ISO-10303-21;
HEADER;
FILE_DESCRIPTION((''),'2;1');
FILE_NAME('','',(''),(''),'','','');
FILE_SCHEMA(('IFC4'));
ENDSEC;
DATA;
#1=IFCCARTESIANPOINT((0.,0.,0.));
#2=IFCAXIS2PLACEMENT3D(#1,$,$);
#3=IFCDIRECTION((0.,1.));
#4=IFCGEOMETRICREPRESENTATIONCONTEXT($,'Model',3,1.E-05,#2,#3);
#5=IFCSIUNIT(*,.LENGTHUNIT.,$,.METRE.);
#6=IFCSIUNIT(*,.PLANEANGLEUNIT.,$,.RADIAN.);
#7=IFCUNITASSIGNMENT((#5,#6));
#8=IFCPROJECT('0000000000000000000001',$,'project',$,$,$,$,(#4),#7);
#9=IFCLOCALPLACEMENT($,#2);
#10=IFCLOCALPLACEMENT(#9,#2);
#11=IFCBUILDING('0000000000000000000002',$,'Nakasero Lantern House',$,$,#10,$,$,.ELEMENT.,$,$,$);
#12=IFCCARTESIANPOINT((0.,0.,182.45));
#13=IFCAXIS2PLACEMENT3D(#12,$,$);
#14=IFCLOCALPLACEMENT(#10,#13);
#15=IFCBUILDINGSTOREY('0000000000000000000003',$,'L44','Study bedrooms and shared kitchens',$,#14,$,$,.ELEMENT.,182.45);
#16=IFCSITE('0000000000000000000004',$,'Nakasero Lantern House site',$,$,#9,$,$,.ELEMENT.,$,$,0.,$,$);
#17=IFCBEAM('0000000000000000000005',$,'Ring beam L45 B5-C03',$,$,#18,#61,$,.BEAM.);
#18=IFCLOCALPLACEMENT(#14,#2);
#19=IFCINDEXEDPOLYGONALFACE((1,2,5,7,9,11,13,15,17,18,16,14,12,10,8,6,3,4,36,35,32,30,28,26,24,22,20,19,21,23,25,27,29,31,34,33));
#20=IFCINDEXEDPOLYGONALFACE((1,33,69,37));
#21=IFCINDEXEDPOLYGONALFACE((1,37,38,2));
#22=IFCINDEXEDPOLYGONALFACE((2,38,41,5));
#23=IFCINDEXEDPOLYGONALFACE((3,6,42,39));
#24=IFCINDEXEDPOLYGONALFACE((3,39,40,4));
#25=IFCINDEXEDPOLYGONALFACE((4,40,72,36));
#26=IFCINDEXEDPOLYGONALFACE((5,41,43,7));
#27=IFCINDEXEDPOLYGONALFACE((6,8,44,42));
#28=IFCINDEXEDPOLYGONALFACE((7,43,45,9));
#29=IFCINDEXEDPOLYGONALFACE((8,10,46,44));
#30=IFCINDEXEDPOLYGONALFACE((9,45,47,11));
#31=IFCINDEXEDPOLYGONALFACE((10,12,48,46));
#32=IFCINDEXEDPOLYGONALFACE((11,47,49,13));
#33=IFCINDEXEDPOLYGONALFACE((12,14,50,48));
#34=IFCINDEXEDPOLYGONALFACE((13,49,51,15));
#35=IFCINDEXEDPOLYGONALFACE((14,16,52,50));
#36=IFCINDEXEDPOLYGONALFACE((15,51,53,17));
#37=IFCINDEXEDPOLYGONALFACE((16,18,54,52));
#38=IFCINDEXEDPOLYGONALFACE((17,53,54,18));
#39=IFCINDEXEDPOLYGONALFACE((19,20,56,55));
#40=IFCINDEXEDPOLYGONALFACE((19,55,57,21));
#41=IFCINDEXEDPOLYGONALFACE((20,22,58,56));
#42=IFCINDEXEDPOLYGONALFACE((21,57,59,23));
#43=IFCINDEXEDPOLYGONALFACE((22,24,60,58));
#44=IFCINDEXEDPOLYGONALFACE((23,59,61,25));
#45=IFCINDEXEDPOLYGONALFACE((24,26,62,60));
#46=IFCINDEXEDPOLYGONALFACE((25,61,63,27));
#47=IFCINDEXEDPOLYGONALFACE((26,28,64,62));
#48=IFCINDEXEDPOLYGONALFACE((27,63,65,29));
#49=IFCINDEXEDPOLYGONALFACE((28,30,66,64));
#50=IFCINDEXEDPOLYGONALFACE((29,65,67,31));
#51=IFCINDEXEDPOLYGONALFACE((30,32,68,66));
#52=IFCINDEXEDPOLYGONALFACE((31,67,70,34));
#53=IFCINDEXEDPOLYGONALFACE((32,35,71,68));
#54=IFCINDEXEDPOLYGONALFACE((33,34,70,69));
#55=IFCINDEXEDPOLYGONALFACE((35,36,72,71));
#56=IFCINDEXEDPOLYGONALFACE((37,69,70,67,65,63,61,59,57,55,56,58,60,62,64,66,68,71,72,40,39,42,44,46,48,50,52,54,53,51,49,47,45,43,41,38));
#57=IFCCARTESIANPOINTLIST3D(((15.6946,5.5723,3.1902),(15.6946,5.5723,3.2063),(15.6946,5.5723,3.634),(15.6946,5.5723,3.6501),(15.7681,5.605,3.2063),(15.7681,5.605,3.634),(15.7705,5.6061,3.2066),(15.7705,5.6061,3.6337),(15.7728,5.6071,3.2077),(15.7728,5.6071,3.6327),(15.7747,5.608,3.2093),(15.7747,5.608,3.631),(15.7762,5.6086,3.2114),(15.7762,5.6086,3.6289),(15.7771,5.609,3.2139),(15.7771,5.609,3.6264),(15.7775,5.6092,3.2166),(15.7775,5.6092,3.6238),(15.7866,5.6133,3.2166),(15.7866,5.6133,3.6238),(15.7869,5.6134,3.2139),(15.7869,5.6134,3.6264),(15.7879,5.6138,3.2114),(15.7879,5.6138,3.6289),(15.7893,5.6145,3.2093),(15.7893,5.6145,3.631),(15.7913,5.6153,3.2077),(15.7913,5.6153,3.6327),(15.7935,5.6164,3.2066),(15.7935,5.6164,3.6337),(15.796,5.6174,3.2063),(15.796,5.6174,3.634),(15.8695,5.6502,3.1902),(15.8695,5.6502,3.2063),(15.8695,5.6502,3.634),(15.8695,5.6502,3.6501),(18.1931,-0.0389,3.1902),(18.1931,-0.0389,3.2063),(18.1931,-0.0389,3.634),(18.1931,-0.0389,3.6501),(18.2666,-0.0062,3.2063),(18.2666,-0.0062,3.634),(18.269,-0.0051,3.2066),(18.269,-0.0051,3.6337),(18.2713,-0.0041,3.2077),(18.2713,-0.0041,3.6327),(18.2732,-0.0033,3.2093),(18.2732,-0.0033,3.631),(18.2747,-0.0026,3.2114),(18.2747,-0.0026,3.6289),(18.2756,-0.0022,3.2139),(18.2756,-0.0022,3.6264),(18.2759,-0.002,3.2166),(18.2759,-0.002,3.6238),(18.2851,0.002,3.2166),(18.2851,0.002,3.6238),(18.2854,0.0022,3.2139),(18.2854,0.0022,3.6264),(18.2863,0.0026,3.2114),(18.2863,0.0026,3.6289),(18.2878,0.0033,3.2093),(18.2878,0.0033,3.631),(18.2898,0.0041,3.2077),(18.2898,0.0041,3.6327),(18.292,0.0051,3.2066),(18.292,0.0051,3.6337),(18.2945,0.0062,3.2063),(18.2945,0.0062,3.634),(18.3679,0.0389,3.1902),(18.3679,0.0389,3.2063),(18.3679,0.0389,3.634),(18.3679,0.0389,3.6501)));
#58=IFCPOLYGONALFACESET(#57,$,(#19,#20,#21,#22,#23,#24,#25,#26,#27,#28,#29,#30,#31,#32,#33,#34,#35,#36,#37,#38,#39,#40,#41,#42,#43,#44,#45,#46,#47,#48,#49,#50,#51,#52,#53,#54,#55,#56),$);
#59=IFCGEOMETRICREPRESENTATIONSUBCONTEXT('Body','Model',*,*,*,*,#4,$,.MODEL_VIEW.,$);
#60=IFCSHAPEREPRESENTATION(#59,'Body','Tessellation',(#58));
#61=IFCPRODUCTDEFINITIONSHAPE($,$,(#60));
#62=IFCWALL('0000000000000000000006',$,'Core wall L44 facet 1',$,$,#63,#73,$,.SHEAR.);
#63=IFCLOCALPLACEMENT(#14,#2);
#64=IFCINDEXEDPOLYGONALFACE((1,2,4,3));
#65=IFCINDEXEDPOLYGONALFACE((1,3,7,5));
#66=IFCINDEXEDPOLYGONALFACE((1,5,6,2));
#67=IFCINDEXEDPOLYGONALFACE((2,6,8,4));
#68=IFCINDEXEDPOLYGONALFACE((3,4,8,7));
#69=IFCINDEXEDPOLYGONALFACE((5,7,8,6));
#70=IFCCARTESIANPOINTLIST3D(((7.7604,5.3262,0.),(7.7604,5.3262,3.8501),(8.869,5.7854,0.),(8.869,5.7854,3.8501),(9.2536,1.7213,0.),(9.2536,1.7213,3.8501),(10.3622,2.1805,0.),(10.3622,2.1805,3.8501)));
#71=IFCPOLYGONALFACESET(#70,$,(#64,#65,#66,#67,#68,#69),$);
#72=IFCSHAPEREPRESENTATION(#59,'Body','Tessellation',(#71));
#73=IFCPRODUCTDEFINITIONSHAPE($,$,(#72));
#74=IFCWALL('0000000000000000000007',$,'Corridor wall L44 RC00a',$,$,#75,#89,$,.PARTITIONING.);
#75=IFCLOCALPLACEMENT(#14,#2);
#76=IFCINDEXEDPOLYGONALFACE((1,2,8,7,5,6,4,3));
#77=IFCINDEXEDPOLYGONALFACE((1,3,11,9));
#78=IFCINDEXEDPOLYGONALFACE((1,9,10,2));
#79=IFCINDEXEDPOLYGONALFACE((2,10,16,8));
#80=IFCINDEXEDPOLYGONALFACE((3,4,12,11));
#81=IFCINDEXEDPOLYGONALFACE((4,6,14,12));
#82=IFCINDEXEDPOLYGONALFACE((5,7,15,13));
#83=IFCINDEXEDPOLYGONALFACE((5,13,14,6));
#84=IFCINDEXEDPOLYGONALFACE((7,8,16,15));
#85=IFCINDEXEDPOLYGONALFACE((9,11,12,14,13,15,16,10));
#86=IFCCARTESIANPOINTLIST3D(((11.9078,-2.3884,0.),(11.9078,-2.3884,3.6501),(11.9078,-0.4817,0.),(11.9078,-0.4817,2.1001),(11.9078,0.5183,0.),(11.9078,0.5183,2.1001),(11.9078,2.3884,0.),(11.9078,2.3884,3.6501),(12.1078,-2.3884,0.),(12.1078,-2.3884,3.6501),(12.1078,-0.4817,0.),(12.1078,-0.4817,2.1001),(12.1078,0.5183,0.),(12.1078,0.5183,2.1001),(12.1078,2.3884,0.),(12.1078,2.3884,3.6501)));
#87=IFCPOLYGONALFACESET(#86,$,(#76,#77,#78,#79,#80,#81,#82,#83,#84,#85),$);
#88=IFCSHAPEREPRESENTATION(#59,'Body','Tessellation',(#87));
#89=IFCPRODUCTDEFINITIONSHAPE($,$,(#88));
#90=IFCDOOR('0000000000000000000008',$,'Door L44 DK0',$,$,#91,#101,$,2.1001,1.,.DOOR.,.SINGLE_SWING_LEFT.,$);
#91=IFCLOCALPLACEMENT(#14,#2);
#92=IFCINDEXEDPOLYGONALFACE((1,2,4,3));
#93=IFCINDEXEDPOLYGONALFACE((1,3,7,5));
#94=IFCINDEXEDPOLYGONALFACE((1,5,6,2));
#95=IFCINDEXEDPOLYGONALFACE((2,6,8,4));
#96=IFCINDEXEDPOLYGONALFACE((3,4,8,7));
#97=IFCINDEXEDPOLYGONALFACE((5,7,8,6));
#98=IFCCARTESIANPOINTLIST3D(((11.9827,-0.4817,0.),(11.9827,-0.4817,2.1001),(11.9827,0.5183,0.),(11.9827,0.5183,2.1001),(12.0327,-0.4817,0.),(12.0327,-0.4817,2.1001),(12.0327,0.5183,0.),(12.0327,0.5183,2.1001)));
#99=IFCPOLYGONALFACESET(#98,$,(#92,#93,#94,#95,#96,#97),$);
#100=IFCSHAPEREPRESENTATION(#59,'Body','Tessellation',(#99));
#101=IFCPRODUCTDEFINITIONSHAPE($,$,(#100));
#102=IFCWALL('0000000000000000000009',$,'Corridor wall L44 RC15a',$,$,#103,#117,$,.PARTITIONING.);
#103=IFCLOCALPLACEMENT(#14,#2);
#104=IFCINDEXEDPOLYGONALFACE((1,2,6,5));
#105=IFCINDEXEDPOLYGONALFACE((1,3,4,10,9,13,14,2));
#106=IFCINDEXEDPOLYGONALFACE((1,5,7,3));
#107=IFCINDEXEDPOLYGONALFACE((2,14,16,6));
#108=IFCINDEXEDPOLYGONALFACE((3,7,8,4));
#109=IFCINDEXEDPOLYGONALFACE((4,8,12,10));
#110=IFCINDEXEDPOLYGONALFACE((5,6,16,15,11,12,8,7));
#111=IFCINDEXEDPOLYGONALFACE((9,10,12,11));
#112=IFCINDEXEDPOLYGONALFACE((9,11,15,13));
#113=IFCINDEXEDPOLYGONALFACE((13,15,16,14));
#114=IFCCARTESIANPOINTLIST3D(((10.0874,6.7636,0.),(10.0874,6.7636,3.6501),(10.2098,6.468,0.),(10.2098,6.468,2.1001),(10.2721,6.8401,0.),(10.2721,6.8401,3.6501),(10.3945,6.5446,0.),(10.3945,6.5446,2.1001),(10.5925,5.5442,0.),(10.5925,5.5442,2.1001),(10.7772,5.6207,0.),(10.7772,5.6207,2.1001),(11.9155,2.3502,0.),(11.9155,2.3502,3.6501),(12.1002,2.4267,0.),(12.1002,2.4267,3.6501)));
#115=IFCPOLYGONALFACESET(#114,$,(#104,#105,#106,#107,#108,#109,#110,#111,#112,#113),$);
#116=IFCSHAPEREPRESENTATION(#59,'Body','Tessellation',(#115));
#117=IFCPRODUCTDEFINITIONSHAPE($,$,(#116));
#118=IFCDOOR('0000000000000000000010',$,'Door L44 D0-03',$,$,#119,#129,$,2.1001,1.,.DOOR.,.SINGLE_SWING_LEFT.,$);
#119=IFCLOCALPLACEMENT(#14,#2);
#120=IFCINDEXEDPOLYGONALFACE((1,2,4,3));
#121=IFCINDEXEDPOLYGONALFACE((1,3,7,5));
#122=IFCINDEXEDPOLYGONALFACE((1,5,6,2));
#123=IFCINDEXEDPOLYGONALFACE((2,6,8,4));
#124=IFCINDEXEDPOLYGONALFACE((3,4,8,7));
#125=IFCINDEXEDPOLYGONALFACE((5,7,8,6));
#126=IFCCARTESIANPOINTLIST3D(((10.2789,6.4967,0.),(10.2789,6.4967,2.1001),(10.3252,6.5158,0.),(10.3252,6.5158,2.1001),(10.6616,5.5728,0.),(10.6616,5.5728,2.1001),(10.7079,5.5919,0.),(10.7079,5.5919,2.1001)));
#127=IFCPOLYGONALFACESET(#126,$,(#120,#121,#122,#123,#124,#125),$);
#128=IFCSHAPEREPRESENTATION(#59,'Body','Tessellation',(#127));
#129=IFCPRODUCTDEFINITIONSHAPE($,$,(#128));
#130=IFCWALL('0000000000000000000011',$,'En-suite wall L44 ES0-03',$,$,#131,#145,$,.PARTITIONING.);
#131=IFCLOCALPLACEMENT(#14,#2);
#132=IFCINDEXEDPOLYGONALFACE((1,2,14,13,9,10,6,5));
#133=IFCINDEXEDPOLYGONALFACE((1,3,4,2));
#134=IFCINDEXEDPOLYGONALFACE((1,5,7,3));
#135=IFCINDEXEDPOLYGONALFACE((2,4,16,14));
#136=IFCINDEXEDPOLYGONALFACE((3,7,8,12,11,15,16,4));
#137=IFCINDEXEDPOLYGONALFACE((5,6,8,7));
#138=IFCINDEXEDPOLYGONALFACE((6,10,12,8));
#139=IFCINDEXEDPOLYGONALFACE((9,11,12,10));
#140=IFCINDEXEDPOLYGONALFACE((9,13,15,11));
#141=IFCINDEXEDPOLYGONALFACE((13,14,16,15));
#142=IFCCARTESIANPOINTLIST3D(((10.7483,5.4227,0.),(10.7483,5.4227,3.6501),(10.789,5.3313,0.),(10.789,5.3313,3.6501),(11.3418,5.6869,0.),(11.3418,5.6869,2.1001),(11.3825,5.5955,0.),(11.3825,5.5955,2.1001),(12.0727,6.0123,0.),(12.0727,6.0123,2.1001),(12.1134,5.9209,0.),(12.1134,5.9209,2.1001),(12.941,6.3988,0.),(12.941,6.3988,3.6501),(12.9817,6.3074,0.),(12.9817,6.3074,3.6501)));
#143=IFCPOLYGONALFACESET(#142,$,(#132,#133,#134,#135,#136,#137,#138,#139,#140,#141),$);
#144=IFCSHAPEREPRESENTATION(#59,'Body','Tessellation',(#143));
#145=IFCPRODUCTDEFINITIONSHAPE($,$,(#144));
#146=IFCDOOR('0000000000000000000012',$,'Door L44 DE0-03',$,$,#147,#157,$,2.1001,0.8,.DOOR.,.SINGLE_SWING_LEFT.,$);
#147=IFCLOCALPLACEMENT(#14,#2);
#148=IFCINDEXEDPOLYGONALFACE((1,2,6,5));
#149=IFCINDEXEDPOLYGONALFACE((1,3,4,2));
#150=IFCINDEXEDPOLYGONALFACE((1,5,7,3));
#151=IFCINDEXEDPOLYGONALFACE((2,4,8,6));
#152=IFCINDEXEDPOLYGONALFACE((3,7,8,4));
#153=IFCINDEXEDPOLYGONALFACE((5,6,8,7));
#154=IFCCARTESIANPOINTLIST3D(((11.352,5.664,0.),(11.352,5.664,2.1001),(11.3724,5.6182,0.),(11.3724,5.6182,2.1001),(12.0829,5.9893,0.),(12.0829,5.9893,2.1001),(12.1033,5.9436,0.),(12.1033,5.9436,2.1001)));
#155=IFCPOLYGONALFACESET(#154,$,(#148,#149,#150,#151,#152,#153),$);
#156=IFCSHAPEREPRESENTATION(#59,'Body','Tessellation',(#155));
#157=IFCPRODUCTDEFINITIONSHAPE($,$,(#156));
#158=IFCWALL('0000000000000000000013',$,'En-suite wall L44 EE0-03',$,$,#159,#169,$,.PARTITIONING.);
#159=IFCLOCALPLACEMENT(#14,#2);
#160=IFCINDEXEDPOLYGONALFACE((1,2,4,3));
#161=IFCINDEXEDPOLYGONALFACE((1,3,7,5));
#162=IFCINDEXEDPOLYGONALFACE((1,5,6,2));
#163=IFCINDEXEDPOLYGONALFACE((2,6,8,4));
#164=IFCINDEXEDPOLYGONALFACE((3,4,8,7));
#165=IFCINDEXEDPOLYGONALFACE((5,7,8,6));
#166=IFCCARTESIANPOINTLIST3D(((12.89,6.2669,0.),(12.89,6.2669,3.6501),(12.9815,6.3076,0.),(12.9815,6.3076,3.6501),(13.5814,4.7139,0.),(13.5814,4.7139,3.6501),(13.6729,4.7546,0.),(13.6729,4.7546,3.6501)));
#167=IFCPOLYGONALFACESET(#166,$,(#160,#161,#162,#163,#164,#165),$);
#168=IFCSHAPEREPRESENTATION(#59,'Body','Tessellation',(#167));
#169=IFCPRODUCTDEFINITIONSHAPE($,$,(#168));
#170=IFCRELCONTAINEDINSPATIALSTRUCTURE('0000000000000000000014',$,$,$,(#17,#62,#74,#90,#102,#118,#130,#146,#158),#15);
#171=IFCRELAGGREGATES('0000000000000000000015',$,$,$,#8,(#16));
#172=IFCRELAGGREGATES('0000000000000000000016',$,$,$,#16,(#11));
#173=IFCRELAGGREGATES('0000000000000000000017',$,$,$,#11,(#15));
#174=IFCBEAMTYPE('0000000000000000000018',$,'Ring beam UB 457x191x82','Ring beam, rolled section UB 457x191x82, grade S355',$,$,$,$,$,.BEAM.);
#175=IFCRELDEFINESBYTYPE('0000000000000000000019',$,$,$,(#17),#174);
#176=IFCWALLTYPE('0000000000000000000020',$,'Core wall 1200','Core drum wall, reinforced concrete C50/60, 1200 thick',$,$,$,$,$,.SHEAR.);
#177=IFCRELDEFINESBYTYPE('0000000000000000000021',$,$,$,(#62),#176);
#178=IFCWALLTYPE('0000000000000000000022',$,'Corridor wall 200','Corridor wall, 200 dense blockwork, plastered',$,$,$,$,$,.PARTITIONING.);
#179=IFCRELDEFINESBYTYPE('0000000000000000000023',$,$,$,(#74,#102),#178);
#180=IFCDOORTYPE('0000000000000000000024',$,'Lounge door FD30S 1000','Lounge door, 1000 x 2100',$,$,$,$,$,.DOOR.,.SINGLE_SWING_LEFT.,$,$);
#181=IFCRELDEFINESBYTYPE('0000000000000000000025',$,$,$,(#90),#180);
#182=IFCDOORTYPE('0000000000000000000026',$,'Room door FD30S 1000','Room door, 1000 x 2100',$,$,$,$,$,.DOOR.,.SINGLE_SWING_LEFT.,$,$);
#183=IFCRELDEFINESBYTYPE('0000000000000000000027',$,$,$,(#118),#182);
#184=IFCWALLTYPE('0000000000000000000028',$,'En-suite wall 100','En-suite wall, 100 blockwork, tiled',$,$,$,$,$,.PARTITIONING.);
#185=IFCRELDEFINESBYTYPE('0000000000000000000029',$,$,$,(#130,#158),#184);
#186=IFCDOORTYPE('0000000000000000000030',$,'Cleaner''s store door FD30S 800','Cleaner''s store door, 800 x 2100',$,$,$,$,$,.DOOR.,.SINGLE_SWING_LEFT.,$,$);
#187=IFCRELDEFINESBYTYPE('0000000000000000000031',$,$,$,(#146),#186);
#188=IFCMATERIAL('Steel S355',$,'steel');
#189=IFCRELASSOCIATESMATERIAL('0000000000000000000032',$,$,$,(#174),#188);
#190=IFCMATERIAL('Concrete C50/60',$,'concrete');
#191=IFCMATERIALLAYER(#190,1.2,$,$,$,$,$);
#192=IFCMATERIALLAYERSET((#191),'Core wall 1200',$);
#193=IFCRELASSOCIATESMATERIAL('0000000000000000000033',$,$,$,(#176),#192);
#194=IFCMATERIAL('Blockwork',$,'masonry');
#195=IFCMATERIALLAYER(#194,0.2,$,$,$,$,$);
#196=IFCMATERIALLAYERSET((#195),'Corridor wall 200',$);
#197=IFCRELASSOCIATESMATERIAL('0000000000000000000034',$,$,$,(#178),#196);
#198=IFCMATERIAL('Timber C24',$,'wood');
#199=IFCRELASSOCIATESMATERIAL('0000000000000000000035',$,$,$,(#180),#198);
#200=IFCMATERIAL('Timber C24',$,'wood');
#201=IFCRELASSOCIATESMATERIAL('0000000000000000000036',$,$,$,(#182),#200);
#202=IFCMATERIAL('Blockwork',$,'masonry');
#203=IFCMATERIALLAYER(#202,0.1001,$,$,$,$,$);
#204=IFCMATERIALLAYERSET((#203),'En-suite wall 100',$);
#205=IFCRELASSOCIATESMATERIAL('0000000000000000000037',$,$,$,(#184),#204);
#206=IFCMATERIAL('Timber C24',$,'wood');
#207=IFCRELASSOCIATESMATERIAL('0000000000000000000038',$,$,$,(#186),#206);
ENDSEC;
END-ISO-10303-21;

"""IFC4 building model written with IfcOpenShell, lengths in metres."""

from ifc_helpers import new_model, si_unit, direction, frame, frame_2d, origin, origin_2d, place, context, subcontext, project, spatial, rectangle, i_section, extrude, material, layer, layer_set, material_profile, profile_set, type_object, element, fill, save


model = new_model("IFC4")

# Units and contexts
model_context = context("Model", 3, precision=1e-05, world=origin(), true_north=direction((0.0, 1.0)))
body_context = subcontext(model_context, "Body", "Model", "MODEL_VIEW")
ifc_project = project(units=[si_unit("LENGTHUNIT", "METRE"), si_unit("PLANEANGLEUNIT", "RADIAN")], contexts=[model_context])

# Site, building, storey
site_placement = place(None, origin())
site = spatial("IfcSite", under=ifc_project, at=site_placement, Name="Nakasero Lantern House site", CompositionType="ELEMENT", RefElevation=0.0)
building_placement = place(site_placement, origin())
building = spatial("IfcBuilding", under=site, at=building_placement, Name="Nakasero Lantern House", CompositionType="ELEMENT")
storey_placement = place(building_placement, frame((0.0, 0.0, 182.45)))
storey = spatial("IfcBuildingStorey", under=building, at=storey_placement, Name="L44", Description="Study bedrooms and shared kitchens", CompositionType="ELEMENT", Elevation=182.45)

# Beam
ifc_material_1 = material(Name="Steel S355", Category="steel")
ifc_material_profile_1 = material_profile(ifc_material_1, i_section(OverallWidth=0.1914, OverallDepth=0.46, WebThickness=0.01, FlangeThickness=0.0161, FilletRadius=0.0103, at=origin_2d()), Name="UB 457x191x82")
ifc_profile_set_1 = profile_set([ifc_material_profile_1], Name="Steel S355")
beam_type_1 = type_object("IfcBeamType", Name="Ring beam UB 457x191x82", Description="Ring beam, rolled section UB 457x191x82, grade S355", PredefinedType="BEAM", material=ifc_profile_set_1)
beam_1_placement = place(storey_placement, frame((18.2805, 0.0, 3.4202), z_axis=(-0.406765, 0.913533, 0.0), x_axis=(-0.913533, -0.406765, 0.0)))
element("IfcBeam", 1, at=beam_1_placement, inside=storey, type_object=beam_type_1, Name="Ring beam L45 B5-C03", PredefinedType="BEAM", context=body_context, shape_type="SweptSolid", body=[
    extrude(i_section(OverallWidth=0.1914, OverallDepth=0.46, WebThickness=0.01, FlangeThickness=0.0161, FilletRadius=0.0103, at=origin_2d()), origin(), (0.0, 0.0, 1.0), 6.1423),
])

# Wall
ifc_material_2 = material(Name="Concrete C50/60", Category="concrete")
ifc_layer_1 = layer(ifc_material_2, 1.2)
ifc_layer_set_1 = layer_set([ifc_layer_1], Name="Core wall 1200")
wall_type_1 = type_object("IfcWallType", Name="Core wall 1200", Description="Core drum wall, reinforced concrete C50/60, 1200 thick", PredefinedType="SHEAR", material=ifc_layer_set_1)
wall_1_placement = place(storey_placement, frame((9.8079, 1.9509, 0.0), z_axis=(0.0, 0.0, 1.0), x_axis=(-0.382691, 0.923877, 0.0)))
element("IfcWall", 2, at=wall_1_placement, inside=storey, type_object=wall_type_1, Name="Core wall L44 facet 1", PredefinedType="SHEAR", context=body_context, shape_type="SweptSolid", body=[
    extrude(rectangle(XDim=3.9019, YDim=1.2, at=frame_2d((1.9509, 0.0))), origin(), (0.0, 0.0, 1.0), 3.8501),
])

# Walls, openings, doors
ifc_material_3 = material(Name="Blockwork", Category="masonry")
ifc_layer_2 = layer(ifc_material_3, 0.2)
ifc_layer_set_2 = layer_set([ifc_layer_2], Name="Corridor wall 200")
wall_type_2 = type_object("IfcWallType", Name="Corridor wall 200", Description="Corridor wall, 200 dense blockwork, plastered", PredefinedType="PARTITIONING", material=ifc_layer_set_2)
wall_2_placement = place(storey_placement, frame((12.0078, 2.3884, 0.0), z_axis=(0.0, 0.0, 1.0), x_axis=(0.0, -1.0, 0.0)))
wall_2 = element("IfcWall", 3, at=wall_2_placement, inside=storey, type_object=wall_type_2, Name="Corridor wall L44 RC00a", PredefinedType="PARTITIONING", context=body_context, shape_type="SweptSolid", body=[
    extrude(rectangle(XDim=4.7769, YDim=0.2, at=frame_2d((2.3884, 0.0))), origin(), (0.0, 0.0, 1.0), 3.6501),
])
opening_1_placement = place(wall_2_placement, frame((1.8701, 0.0, 0.0)))
opening_1 = element("IfcOpeningElement", 4, at=opening_1_placement, cuts=wall_2, PredefinedType="OPENING", context=body_context, shape_type="SweptSolid", body=[
    extrude(rectangle(XDim=1.0, YDim=2.1001, at=frame_2d((0.5, 1.05))), frame((0.0, 0.1199, 0.0), z_axis=(0.0, -1.0, 0.0), x_axis=(1.0, 0.0, 0.0)), (0.0, 0.0, 1.0), 0.24),
])
ifc_material_4 = material(Name="Timber C24", Category="wood")
door_type_1 = type_object("IfcDoorType", Name="Lounge door FD30S 1000", Description="Lounge door, 1000 x 2100", OperationType="SINGLE_SWING_LEFT", PredefinedType="DOOR", material=ifc_material_4)
door_1_placement = place(opening_1_placement, origin())
door_1 = element("IfcDoor", 5, at=door_1_placement, inside=storey, type_object=door_type_1, Name="Door L44 DK0", OperationType="SINGLE_SWING_LEFT", OverallHeight=2.1001, OverallWidth=1.0, PredefinedType="DOOR", context=body_context, shape_type="SweptSolid", body=[
    extrude(rectangle(XDim=1.0, YDim=2.1001, at=frame_2d((0.5, 1.05))), frame((0.0, 0.0249, 0.0), z_axis=(0.0, -1.0, 0.0), x_axis=(1.0, 0.0, 0.0)), (0.0, 0.0, 1.0), 0.05),
])
fill(opening_1, door_1)
wall_3_placement = place(storey_placement, frame((10.1797, 6.802, 0.0), z_axis=(0.0, 0.0, 1.0), x_axis=(0.382677, -0.923882, 0.0)))
wall_3 = element("IfcWall", 6, at=wall_3_placement, inside=storey, type_object=wall_type_2, Name="Corridor wall L44 RC15a", PredefinedType="PARTITIONING", context=body_context, shape_type="SweptSolid", body=[
    extrude(rectangle(XDim=4.7771, YDim=0.2, at=frame_2d((2.3887, 0.0))), origin(), (0.0, 0.0, 1.0), 3.6501),
])
opening_2_placement = place(wall_3_placement, frame((0.3201, 0.0, 0.0)))
opening_2 = element("IfcOpeningElement", 7, at=opening_2_placement, cuts=wall_3, PredefinedType="OPENING", context=body_context, shape_type="SweptSolid", body=[
    extrude(rectangle(XDim=1.0, YDim=2.1001, at=frame_2d((0.5, 1.05))), frame((0.0, 0.1199, 0.0), z_axis=(0.0, -1.0, 0.0), x_axis=(1.0, 0.0, 0.0)), (0.0, 0.0, 1.0), 0.24),
])
ifc_material_5 = material(Name="Timber C24", Category="wood")
door_type_2 = type_object("IfcDoorType", Name="Room door FD30S 1000", Description="Room door, 1000 x 2100", OperationType="SINGLE_SWING_LEFT", PredefinedType="DOOR", material=ifc_material_5)
door_2_placement = place(opening_2_placement, origin())
door_2 = element("IfcDoor", 8, at=door_2_placement, inside=storey, type_object=door_type_2, Name="Door L44 D0-03", OperationType="SINGLE_SWING_LEFT", OverallHeight=2.1001, OverallWidth=1.0, PredefinedType="DOOR", context=body_context, shape_type="SweptSolid", body=[
    extrude(rectangle(XDim=1.0, YDim=2.1001, at=frame_2d((0.5, 1.05))), frame((0.0, 0.0249, 0.0), z_axis=(0.0, -1.0, 0.0), x_axis=(1.0, 0.0, 0.0)), (0.0, 0.0, 1.0), 0.05),
])
fill(opening_2, door_2)
ifc_material_6 = material(Name="Blockwork", Category="masonry")
ifc_layer_3 = layer(ifc_material_6, 0.1001)
ifc_layer_set_3 = layer_set([ifc_layer_3], Name="En-suite wall 100")
wall_type_3 = type_object("IfcWallType", Name="En-suite wall 100", Description="En-suite wall, 100 blockwork, tiled", PredefinedType="PARTITIONING", material=ifc_layer_set_3)
wall_4_placement = place(storey_placement, frame((10.7686, 5.377, 0.0), z_axis=(0.0, 0.0, 1.0), x_axis=(0.913568, 0.406686, 0.0)))
wall_4 = element("IfcWall", 9, at=wall_4_placement, inside=storey, type_object=wall_type_3, Name="En-suite wall L44 ES0-03", PredefinedType="PARTITIONING", context=body_context, shape_type="SweptSolid", body=[
    extrude(rectangle(XDim=2.4001, YDim=0.1001, at=frame_2d((1.2002, 0.0))), origin(), (0.0, 0.0, 1.0), 3.6501),
])
opening_3_placement = place(wall_4_placement, frame((0.6499, 0.0, 0.0)))
opening_3 = element("IfcOpeningElement", 10, at=opening_3_placement, cuts=wall_4, PredefinedType="OPENING", context=body_context, shape_type="SweptSolid", body=[
    extrude(rectangle(XDim=0.8, YDim=2.1001, at=frame_2d((0.3999, 1.05))), frame((0.0, 0.0701, 0.0), z_axis=(0.0, -1.0, 0.0), x_axis=(1.0, 0.0, 0.0)), (0.0, 0.0, 1.0), 0.1401),
])
ifc_material_7 = material(Name="Timber C24", Category="wood")
door_type_3 = type_object("IfcDoorType", Name="Cleaner's store door FD30S 800", Description="Cleaner's store door, 800 x 2100", OperationType="SINGLE_SWING_LEFT", PredefinedType="DOOR", material=ifc_material_7)
door_3_placement = place(opening_3_placement, origin())
door_3 = element("IfcDoor", 11, at=door_3_placement, inside=storey, type_object=door_type_3, Name="Door L44 DE0-03", OperationType="SINGLE_SWING_LEFT", OverallHeight=2.1001, OverallWidth=0.8, PredefinedType="DOOR", context=body_context, shape_type="SweptSolid", body=[
    extrude(rectangle(XDim=0.8, YDim=2.1001, at=frame_2d((0.3999, 1.05))), frame((0.0, 0.0249, 0.0), z_axis=(0.0, -1.0, 0.0), x_axis=(1.0, 0.0, 0.0)), (0.0, 0.0, 1.0), 0.05),
])
fill(opening_3, door_3)

# Wall
for number, where, z_axis, x_axis, name in (
    (12, (13.6272, 4.7341, 0.0), (0.0, 0.0, 1.0), (-0.406725, 0.913551, 0.0), "En-suite wall L44 EE0-03"),
):
    element("IfcWall", number, at=place(storey_placement, frame(where, z_axis=z_axis, x_axis=x_axis)), inside=storey, type_object=wall_type_3, Name=name, PredefinedType="PARTITIONING", context=body_context, shape_type="SweptSolid", body=[
        extrude(rectangle(XDim=1.7, YDim=0.1001, at=frame_2d((0.8501, 0.0))), origin(), (0.0, 0.0, 1.0), 3.6501),
    ])

save(model, "model.ifc")
